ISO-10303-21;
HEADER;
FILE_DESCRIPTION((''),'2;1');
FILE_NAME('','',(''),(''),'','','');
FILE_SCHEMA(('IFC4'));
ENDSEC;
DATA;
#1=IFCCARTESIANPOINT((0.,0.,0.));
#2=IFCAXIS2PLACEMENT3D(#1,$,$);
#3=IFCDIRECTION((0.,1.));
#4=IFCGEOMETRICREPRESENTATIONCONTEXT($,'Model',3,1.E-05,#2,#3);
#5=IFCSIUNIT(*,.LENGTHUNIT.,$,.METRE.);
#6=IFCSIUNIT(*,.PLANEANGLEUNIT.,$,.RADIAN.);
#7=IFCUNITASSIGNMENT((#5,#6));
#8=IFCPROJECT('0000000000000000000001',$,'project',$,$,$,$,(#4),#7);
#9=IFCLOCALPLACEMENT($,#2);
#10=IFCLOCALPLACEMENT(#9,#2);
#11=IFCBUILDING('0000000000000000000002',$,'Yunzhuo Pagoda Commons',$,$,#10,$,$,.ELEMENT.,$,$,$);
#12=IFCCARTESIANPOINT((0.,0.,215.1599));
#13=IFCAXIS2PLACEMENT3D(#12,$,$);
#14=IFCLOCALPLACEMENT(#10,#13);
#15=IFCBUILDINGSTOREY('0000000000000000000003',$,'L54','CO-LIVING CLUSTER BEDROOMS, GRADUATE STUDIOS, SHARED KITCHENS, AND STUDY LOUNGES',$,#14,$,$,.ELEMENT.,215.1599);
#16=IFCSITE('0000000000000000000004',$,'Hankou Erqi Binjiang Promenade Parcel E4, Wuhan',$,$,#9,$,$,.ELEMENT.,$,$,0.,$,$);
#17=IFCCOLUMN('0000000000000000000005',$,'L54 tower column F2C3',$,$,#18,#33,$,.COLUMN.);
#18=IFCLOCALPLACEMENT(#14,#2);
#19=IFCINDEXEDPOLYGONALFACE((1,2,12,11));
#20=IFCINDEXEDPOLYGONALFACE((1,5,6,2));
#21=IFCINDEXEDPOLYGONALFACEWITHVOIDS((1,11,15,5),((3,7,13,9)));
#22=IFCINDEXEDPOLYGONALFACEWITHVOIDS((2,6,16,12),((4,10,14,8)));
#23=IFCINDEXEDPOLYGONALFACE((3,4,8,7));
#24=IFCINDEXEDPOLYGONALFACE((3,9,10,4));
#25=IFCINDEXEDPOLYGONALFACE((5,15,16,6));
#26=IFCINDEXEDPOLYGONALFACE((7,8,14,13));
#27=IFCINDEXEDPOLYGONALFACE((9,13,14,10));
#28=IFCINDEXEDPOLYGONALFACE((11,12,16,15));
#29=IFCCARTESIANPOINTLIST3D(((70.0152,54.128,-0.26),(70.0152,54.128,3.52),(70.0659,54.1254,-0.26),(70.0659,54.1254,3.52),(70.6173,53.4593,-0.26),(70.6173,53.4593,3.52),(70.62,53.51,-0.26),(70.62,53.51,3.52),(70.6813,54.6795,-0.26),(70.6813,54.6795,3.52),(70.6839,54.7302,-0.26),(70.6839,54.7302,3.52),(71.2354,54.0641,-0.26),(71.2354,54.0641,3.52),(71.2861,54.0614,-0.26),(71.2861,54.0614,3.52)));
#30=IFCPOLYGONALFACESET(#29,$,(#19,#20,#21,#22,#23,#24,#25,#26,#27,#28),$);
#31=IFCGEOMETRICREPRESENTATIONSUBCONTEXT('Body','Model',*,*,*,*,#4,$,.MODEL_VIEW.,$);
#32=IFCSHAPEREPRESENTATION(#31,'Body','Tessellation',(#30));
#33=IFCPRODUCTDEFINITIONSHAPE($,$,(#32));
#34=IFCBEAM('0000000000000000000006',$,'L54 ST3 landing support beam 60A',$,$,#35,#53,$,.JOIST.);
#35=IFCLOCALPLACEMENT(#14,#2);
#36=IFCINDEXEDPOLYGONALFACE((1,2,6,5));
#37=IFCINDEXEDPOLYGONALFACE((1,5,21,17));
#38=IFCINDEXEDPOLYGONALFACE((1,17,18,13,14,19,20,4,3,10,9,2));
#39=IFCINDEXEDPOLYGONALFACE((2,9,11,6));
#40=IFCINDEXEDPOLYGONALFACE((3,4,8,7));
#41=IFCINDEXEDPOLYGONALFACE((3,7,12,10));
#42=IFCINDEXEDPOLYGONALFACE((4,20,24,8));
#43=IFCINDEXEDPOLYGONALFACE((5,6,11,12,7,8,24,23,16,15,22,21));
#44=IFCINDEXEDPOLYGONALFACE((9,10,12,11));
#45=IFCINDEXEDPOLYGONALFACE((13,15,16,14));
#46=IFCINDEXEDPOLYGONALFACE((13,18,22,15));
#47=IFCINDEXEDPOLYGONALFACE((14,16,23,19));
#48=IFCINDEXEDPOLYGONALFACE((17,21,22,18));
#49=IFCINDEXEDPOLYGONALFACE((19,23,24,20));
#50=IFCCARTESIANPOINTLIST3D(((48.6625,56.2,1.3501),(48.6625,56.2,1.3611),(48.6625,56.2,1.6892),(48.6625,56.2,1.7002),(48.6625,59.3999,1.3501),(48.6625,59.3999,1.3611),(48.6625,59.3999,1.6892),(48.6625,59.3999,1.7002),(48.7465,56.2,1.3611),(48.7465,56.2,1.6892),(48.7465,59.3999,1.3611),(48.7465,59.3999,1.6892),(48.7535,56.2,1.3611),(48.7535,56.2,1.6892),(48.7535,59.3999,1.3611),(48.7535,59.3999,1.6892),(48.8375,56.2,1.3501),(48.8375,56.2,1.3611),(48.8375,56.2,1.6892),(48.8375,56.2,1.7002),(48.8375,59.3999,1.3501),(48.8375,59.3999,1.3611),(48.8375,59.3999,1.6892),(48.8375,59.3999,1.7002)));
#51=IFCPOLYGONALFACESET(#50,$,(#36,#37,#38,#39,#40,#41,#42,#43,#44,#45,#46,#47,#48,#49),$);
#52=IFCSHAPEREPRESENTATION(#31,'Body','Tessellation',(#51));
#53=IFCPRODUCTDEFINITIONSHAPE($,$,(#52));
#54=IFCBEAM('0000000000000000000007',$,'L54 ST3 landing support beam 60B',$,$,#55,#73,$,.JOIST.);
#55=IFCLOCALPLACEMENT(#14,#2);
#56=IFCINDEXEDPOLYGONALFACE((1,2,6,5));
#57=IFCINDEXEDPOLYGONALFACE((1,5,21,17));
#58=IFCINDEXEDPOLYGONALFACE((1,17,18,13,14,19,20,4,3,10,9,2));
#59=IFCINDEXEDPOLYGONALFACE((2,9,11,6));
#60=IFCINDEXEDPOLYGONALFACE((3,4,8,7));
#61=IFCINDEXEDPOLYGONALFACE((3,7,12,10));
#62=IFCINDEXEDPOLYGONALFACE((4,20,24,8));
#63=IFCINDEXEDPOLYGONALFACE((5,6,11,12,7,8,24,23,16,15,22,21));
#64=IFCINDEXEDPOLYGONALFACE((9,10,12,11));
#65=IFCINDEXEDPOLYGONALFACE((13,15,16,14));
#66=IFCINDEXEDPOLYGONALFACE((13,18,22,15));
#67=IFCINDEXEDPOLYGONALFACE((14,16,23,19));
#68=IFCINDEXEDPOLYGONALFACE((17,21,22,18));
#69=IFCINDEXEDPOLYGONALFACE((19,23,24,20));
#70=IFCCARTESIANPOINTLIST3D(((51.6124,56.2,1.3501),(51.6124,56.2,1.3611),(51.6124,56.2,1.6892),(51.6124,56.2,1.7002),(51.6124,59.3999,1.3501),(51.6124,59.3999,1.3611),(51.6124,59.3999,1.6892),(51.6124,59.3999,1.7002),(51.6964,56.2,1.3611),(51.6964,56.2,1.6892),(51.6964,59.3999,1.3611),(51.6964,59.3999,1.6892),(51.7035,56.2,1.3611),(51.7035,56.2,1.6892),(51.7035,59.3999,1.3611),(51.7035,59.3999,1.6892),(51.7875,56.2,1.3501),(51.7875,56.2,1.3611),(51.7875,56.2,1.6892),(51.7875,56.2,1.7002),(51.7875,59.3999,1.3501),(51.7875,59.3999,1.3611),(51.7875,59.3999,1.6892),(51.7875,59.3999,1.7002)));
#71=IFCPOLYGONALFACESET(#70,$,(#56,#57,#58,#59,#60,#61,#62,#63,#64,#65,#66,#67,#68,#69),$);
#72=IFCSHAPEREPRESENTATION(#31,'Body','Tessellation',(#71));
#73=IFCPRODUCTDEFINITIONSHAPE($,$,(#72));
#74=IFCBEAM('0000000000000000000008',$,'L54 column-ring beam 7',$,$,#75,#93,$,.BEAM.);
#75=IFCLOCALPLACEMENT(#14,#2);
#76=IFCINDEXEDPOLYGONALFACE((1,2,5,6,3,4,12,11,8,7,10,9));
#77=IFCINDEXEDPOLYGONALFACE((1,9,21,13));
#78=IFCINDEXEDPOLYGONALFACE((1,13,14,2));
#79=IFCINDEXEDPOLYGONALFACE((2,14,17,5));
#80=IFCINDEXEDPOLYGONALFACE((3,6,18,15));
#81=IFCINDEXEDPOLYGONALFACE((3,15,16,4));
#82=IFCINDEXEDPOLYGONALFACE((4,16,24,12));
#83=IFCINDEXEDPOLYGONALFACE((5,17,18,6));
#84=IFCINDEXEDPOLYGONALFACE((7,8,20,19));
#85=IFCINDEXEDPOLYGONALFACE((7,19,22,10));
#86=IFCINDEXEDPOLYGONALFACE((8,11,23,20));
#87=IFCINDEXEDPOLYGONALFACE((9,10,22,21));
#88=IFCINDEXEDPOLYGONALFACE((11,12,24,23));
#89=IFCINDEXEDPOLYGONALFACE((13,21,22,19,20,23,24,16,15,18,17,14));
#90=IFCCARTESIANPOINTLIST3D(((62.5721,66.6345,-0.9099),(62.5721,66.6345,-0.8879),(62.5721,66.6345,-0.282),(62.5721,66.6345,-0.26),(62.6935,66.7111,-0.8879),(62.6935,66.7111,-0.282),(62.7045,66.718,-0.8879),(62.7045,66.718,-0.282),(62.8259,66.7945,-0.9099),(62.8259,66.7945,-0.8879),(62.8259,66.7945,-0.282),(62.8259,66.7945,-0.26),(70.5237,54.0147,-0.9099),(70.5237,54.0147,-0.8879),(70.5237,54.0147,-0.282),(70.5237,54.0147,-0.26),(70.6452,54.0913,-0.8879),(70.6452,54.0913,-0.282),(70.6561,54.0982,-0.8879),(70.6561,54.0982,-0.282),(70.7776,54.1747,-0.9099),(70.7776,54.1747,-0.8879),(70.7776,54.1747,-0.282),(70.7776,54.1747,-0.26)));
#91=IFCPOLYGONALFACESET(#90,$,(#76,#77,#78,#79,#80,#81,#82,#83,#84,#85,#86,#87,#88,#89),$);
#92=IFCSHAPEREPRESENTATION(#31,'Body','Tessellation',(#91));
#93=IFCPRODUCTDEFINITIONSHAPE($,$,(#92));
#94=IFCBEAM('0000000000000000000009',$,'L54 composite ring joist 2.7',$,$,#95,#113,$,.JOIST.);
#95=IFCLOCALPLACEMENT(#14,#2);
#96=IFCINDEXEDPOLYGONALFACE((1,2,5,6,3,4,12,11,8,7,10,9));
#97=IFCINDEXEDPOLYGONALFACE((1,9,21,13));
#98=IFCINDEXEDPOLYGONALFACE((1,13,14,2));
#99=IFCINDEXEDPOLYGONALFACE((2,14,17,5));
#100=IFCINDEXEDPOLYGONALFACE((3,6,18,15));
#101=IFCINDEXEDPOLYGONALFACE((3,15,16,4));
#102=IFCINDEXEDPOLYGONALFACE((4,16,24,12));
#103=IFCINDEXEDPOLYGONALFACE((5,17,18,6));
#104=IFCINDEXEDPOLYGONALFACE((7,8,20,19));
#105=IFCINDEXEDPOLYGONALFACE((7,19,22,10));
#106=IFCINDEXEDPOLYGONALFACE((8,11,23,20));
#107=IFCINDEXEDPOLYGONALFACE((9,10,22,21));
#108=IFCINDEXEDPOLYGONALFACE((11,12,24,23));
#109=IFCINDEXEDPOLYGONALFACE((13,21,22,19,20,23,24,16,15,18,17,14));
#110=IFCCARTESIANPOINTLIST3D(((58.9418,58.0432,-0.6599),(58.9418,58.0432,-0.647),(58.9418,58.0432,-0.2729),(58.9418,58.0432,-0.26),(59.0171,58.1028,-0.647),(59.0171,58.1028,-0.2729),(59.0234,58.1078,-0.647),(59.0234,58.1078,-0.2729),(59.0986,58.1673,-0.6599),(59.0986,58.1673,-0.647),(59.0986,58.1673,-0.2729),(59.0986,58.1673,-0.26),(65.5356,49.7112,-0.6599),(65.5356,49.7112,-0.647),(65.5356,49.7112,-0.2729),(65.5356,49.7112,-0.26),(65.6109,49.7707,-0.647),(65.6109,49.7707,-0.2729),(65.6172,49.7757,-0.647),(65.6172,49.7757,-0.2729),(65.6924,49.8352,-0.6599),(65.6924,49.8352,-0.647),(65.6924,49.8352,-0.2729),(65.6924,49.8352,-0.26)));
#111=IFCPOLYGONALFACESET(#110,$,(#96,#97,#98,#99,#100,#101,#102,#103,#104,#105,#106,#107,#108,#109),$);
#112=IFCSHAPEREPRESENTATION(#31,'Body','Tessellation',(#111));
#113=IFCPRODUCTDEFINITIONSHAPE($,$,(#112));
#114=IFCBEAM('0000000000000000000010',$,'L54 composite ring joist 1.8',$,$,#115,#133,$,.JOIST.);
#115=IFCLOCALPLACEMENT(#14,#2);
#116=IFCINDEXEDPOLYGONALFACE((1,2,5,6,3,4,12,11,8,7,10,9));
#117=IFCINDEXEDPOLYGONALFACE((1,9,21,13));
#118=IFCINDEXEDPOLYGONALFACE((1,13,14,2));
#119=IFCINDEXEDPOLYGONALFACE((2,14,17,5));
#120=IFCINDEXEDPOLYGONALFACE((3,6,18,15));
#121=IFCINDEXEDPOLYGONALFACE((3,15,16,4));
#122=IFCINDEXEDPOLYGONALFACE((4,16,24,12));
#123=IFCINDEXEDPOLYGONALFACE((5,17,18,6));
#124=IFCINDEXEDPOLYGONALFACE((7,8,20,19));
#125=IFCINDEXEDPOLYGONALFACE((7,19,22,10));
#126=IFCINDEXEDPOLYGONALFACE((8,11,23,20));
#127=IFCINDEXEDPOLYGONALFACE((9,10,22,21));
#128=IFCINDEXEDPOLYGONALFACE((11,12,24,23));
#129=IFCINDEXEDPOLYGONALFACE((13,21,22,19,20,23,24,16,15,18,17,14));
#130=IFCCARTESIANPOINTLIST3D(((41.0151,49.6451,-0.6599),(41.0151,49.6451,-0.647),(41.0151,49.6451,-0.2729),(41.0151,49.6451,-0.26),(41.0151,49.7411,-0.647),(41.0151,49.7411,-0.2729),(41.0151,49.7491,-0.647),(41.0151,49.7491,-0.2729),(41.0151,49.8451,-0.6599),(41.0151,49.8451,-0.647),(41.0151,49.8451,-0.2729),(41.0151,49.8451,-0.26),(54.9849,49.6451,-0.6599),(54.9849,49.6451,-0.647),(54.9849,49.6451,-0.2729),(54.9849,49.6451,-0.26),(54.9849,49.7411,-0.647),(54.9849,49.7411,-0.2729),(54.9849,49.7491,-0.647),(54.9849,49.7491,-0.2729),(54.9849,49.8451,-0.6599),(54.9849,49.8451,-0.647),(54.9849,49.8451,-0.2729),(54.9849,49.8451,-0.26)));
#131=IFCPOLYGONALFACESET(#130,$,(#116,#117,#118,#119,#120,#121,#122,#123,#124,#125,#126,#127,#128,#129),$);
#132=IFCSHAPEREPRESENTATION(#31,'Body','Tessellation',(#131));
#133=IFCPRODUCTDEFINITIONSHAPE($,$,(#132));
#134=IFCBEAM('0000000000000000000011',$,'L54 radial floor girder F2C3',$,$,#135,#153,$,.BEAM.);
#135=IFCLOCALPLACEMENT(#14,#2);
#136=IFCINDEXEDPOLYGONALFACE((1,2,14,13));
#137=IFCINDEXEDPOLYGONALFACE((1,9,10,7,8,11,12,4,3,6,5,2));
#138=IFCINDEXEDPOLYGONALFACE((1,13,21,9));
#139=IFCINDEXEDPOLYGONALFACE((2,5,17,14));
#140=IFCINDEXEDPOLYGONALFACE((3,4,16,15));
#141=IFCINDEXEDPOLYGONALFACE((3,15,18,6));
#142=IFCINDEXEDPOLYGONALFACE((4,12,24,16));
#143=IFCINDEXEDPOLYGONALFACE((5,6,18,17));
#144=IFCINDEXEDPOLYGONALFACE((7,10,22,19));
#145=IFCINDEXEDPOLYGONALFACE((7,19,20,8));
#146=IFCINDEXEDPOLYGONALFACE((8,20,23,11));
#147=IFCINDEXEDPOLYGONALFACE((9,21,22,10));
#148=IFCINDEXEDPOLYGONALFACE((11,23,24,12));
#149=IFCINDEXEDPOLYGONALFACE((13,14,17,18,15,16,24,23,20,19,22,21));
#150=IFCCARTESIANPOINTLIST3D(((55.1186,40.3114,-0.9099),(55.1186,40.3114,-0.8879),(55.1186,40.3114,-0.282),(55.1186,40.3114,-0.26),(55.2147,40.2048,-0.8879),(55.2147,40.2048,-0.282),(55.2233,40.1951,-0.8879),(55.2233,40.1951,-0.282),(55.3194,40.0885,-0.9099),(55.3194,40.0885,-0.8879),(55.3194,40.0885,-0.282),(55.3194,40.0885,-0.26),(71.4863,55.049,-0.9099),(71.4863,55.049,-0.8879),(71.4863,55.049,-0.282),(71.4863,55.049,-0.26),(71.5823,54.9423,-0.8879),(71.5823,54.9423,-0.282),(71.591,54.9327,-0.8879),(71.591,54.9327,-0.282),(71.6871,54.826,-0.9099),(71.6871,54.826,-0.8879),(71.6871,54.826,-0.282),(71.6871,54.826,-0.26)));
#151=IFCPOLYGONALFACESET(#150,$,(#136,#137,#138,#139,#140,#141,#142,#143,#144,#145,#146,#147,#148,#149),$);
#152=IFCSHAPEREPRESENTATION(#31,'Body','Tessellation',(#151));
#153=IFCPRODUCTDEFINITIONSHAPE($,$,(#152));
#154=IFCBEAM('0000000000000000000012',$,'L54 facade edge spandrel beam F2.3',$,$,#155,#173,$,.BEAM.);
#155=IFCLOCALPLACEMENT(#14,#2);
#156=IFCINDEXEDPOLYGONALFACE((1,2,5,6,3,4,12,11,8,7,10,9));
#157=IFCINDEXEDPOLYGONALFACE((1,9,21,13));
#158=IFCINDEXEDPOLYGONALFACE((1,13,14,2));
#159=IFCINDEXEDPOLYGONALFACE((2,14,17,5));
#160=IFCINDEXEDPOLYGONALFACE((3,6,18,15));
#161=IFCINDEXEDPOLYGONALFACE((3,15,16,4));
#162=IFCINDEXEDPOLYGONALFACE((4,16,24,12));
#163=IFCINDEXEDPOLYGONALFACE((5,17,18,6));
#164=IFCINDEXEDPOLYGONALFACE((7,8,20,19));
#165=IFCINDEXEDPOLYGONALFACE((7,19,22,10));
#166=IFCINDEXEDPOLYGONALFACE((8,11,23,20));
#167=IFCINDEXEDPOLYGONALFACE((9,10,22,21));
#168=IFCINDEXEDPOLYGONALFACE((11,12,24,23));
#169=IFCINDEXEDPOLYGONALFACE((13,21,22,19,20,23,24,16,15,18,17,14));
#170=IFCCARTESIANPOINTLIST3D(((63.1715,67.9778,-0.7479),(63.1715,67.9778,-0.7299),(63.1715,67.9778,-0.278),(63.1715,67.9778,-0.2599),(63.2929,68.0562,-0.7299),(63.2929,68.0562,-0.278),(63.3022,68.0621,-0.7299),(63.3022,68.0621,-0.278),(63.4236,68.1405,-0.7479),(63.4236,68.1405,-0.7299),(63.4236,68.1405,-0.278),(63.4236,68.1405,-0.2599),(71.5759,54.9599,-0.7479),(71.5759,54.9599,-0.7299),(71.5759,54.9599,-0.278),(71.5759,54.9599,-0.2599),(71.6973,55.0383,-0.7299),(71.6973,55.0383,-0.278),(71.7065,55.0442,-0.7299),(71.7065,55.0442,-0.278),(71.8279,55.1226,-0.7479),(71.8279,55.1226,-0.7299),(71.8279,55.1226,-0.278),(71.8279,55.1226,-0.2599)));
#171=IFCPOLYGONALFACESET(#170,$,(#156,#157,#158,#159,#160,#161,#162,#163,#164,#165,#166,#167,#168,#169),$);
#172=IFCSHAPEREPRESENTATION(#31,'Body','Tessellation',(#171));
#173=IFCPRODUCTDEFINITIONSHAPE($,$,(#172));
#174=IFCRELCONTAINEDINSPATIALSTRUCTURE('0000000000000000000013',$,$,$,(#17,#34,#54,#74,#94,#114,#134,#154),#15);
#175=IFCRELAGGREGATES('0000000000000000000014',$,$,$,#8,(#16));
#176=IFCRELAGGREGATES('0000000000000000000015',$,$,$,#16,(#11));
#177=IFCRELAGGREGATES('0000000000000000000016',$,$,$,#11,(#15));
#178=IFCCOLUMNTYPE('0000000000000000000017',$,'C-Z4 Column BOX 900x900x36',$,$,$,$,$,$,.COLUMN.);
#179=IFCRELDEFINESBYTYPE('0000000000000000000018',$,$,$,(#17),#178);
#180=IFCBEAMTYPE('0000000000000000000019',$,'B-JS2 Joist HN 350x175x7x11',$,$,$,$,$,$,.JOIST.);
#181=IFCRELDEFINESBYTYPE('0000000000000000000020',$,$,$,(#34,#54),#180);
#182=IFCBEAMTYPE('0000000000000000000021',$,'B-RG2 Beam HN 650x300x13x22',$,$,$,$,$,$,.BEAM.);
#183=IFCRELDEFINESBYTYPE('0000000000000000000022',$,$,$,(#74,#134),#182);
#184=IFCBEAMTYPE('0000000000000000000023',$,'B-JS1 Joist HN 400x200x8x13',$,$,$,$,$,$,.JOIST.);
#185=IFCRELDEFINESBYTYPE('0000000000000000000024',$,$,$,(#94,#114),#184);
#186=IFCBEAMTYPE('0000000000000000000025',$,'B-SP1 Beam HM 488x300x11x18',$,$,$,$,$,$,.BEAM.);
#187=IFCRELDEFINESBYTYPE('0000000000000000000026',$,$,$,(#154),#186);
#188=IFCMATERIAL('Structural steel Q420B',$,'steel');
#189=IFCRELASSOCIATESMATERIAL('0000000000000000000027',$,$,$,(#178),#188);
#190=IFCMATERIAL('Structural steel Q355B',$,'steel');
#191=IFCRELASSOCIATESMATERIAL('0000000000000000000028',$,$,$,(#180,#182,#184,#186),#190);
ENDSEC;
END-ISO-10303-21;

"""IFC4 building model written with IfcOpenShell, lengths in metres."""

from ifc_helpers import new_model, si_unit, direction, frame, origin, origin_2d, place, context, subcontext, project, spatial, hollow_rectangle, i_section, extrude, source, transform, mapped, material, material_profile, profile_set, type_object, element, save


model = new_model("IFC4")

# Units and contexts
model_context = context("Model", 3, precision=1e-05, world=origin(), true_north=direction((0.0, 1.0)))
body_context = subcontext(model_context, "Body", "Model", "MODEL_VIEW")
ifc_project = project(units=[si_unit("LENGTHUNIT", "METRE"), si_unit("PLANEANGLEUNIT", "RADIAN")], contexts=[model_context])

# Site, building, storey
site_placement = place(None, origin())
site = spatial("IfcSite", under=ifc_project, at=site_placement, Name="Hankou Erqi Binjiang Promenade Parcel E4, Wuhan", CompositionType="ELEMENT", RefElevation=0.0)
building_placement = place(site_placement, origin())
building = spatial("IfcBuilding", under=site, at=building_placement, Name="Yunzhuo Pagoda Commons", CompositionType="ELEMENT")
storey_placement = place(building_placement, frame((0.0, 0.0, 215.1599)))
storey = spatial("IfcBuildingStorey", under=building, at=storey_placement, Name="L54", Description="CO-LIVING CLUSTER BEDROOMS, GRADUATE STUDIOS, SHARED KITCHENS, AND STUDY LOUNGES", CompositionType="ELEMENT", Elevation=215.1599)

# Column
ifc_material_1 = material(Name="Structural steel Q420B", Category="steel")
ifc_material_profile_1 = material_profile(ifc_material_1, hollow_rectangle(XDim=0.8999, YDim=0.8999, WallThickness=0.0359, at=origin_2d()), Name="Structural steel Q420B")
ifc_profile_set_1 = profile_set([ifc_material_profile_1], Name="Structural steel Q420B")
column_type = type_object("IfcColumnType", Name="C-Z4 Column BOX 900x900x36", PredefinedType="COLUMN", material=ifc_profile_set_1)
shared_shape_1 = source(origin(), body_context, "Body", "SweptSolid", [
    extrude(hollow_rectangle(XDim=0.8999, YDim=0.8999, WallThickness=0.0359, at=origin_2d()), origin(), (0.0, 0.0, 1.0), 3.78),
])
column_placement = place(storey_placement, frame((70.6506, 54.0947, -0.26), z_axis=(0.0, 0.0, 1.0), x_axis=(-0.669131, 0.743145, 0.0)))
element("IfcColumn", 1, at=column_placement, inside=storey, type_object=column_type, Name="L54 tower column F2C3", PredefinedType="COLUMN", context=body_context, shape_type="MappedRepresentation", body=[
    mapped(shared_shape_1, transform((0.0, 0.0, 0.0), scale=1.0)),
])

# Beams
ifc_material_2 = material(Name="Structural steel Q355B", Category="steel")
ifc_material_profile_2 = material_profile(ifc_material_2, i_section(OverallWidth=0.175, OverallDepth=0.3501, WebThickness=0.0071, FlangeThickness=0.011, at=origin_2d()), Name="Structural steel Q355B")
ifc_profile_set_2 = profile_set([ifc_material_profile_2], Name="Structural steel Q355B")
beam_type_1 = type_object("IfcBeamType", Name="B-JS2 Joist HN 350x175x7x11", PredefinedType="JOIST", material=ifc_profile_set_2)
shared_shape_2 = source(origin(), body_context, "Body", "SweptSolid", [
    extrude(i_section(OverallWidth=0.175, OverallDepth=0.3501, WebThickness=0.0071, FlangeThickness=0.011, at=origin_2d()), origin(), (0.0, 0.0, 1.0), 3.2),
])
for number, where, z_axis, x_axis, name in (
    (2, (48.75, 56.2, 1.5251), (0.0, 1.0, 0.0), (-1.0, 0.0, 0.0), "L54 ST3 landing support beam 60A"),
    (3, (51.7, 56.2, 1.5251), (0.0, 1.0, 0.0), (-1.0, 0.0, 0.0), "L54 ST3 landing support beam 60B"),
):
    element("IfcBeam", number, at=place(storey_placement, frame(where, z_axis=z_axis, x_axis=x_axis)), inside=storey, type_object=beam_type_1, Name=name, PredefinedType="JOIST", context=body_context, shape_type="MappedRepresentation", body=[
        mapped(shared_shape_2, transform((0.0, 0.0, 0.0), scale=1.0)),
    ])
ifc_material_profile_3 = material_profile(ifc_material_2, i_section(OverallWidth=0.3, OverallDepth=0.6499, WebThickness=0.0129, FlangeThickness=0.022, at=origin_2d()), Name="Structural steel Q355B")
ifc_profile_set_3 = profile_set([ifc_material_profile_3], Name="Structural steel Q355B")
beam_type_2 = type_object("IfcBeamType", Name="B-RG2 Beam HN 650x300x13x22", PredefinedType="BEAM", material=ifc_profile_set_3)
shared_shape_3 = source(origin(), body_context, "Body", "SweptSolid", [
    extrude(i_section(OverallWidth=0.3, OverallDepth=0.6499, WebThickness=0.0129, FlangeThickness=0.022, at=origin_2d()), origin(), (0.0, 0.0, 1.0), 14.916),
])
beam_1_placement = place(storey_placement, frame((70.6506, 54.0947, -0.585), z_axis=(-0.533092, 0.846057, 0.0), x_axis=(-0.846057, -0.533092, 0.0)))
element("IfcBeam", 4, at=beam_1_placement, inside=storey, type_object=beam_type_2, Name="L54 column-ring beam 7", PredefinedType="BEAM", context=body_context, shape_type="MappedRepresentation", body=[
    mapped(shared_shape_3, transform((0.0, 0.0, 0.0), scale=1.0)),
])
ifc_material_profile_4 = material_profile(ifc_material_2, i_section(OverallWidth=0.2, OverallDepth=0.3999, WebThickness=0.0081, FlangeThickness=0.0129, at=origin_2d()), Name="Structural steel Q355B")
ifc_profile_set_4 = profile_set([ifc_material_profile_4], Name="Structural steel Q355B")
beam_type_3 = type_object("IfcBeamType", Name="B-JS1 Joist HN 400x200x8x13", PredefinedType="JOIST", material=ifc_profile_set_4)
shared_shape_4 = source(origin(), body_context, "Body", "SweptSolid", [
    extrude(i_section(OverallWidth=0.2, OverallDepth=0.3999, WebThickness=0.0081, FlangeThickness=0.0129, at=origin_2d()), origin(), (0.0, 0.0, 1.0), 10.6255),
])
beam_2_placement = place(storey_placement, frame((65.614, 49.7732, -0.46), z_axis=(-0.620562, 0.784158, 0.0), x_axis=(-0.784158, -0.620562, 0.0)))
element("IfcBeam", 5, at=beam_2_placement, inside=storey, type_object=beam_type_3, Name="L54 composite ring joist 2.7", PredefinedType="JOIST", context=body_context, shape_type="MappedRepresentation", body=[
    mapped(shared_shape_4, transform((0.0, 0.0, 0.0), scale=1.0)),
])
shared_shape_5 = source(origin(), body_context, "Body", "SweptSolid", [
    extrude(i_section(OverallWidth=0.2, OverallDepth=0.3999, WebThickness=0.0081, FlangeThickness=0.0129, at=origin_2d()), origin(), (0.0, 0.0, 1.0), 13.9697),
])
beam_3_placement = place(storey_placement, frame((54.9849, 49.7451, -0.46), z_axis=(-1.0, 0.0, 0.0), x_axis=(0.0, -1.0, 0.0)))
element("IfcBeam", 6, at=beam_3_placement, inside=storey, type_object=beam_type_3, Name="L54 composite ring joist 1.8", PredefinedType="JOIST", context=body_context, shape_type="MappedRepresentation", body=[
    mapped(shared_shape_5, transform((0.0, 0.0, 0.0), scale=1.0)),
])
shared_shape_6 = source(origin(), body_context, "Body", "SweptSolid", [
    extrude(i_section(OverallWidth=0.3, OverallDepth=0.6499, WebThickness=0.0129, FlangeThickness=0.022, at=origin_2d()), origin(), (0.0, 0.0, 1.0), 22.0249),
])
beam_4_placement = place(storey_placement, frame((71.5867, 54.9375, -0.585), z_axis=(-0.743144, -0.669131, 0.0), x_axis=(0.669131, -0.743144, 0.0)))
element("IfcBeam", 7, at=beam_4_placement, inside=storey, type_object=beam_type_2, Name="L54 radial floor girder F2C3", PredefinedType="BEAM", context=body_context, shape_type="MappedRepresentation", body=[
    mapped(shared_shape_6, transform((0.0, 0.0, 0.0), scale=1.0)),
])
ifc_material_profile_5 = material_profile(ifc_material_2, i_section(OverallWidth=0.3, OverallDepth=0.488, WebThickness=0.011, FlangeThickness=0.0181, at=origin_2d()), Name="Structural steel Q355B")
ifc_profile_set_5 = profile_set([ifc_material_profile_5], Name="Structural steel Q355B")
beam_type_4 = type_object("IfcBeamType", Name="B-SP1 Beam HM 488x300x11x18", PredefinedType="BEAM", material=ifc_profile_set_5)
shared_shape_7 = source(origin(), body_context, "Body", "SweptSolid", [
    extrude(i_section(OverallWidth=0.3, OverallDepth=0.488, WebThickness=0.011, FlangeThickness=0.0181, at=origin_2d()), origin(), (0.0, 0.0, 1.0), 15.4951),
])
beam_5_placement = place(storey_placement, frame((71.7019, 55.0413, -0.5039), z_axis=(-0.542387, 0.840129, 0.0), x_axis=(-0.840129, -0.542387, 0.0)))
element("IfcBeam", 8, at=beam_5_placement, inside=storey, type_object=beam_type_4, Name="L54 facade edge spandrel beam F2.3", PredefinedType="BEAM", context=body_context, shape_type="MappedRepresentation", body=[
    mapped(shared_shape_7, transform((0.0, 0.0, 0.0), scale=1.0)),
])

save(model, "model.ifc")
